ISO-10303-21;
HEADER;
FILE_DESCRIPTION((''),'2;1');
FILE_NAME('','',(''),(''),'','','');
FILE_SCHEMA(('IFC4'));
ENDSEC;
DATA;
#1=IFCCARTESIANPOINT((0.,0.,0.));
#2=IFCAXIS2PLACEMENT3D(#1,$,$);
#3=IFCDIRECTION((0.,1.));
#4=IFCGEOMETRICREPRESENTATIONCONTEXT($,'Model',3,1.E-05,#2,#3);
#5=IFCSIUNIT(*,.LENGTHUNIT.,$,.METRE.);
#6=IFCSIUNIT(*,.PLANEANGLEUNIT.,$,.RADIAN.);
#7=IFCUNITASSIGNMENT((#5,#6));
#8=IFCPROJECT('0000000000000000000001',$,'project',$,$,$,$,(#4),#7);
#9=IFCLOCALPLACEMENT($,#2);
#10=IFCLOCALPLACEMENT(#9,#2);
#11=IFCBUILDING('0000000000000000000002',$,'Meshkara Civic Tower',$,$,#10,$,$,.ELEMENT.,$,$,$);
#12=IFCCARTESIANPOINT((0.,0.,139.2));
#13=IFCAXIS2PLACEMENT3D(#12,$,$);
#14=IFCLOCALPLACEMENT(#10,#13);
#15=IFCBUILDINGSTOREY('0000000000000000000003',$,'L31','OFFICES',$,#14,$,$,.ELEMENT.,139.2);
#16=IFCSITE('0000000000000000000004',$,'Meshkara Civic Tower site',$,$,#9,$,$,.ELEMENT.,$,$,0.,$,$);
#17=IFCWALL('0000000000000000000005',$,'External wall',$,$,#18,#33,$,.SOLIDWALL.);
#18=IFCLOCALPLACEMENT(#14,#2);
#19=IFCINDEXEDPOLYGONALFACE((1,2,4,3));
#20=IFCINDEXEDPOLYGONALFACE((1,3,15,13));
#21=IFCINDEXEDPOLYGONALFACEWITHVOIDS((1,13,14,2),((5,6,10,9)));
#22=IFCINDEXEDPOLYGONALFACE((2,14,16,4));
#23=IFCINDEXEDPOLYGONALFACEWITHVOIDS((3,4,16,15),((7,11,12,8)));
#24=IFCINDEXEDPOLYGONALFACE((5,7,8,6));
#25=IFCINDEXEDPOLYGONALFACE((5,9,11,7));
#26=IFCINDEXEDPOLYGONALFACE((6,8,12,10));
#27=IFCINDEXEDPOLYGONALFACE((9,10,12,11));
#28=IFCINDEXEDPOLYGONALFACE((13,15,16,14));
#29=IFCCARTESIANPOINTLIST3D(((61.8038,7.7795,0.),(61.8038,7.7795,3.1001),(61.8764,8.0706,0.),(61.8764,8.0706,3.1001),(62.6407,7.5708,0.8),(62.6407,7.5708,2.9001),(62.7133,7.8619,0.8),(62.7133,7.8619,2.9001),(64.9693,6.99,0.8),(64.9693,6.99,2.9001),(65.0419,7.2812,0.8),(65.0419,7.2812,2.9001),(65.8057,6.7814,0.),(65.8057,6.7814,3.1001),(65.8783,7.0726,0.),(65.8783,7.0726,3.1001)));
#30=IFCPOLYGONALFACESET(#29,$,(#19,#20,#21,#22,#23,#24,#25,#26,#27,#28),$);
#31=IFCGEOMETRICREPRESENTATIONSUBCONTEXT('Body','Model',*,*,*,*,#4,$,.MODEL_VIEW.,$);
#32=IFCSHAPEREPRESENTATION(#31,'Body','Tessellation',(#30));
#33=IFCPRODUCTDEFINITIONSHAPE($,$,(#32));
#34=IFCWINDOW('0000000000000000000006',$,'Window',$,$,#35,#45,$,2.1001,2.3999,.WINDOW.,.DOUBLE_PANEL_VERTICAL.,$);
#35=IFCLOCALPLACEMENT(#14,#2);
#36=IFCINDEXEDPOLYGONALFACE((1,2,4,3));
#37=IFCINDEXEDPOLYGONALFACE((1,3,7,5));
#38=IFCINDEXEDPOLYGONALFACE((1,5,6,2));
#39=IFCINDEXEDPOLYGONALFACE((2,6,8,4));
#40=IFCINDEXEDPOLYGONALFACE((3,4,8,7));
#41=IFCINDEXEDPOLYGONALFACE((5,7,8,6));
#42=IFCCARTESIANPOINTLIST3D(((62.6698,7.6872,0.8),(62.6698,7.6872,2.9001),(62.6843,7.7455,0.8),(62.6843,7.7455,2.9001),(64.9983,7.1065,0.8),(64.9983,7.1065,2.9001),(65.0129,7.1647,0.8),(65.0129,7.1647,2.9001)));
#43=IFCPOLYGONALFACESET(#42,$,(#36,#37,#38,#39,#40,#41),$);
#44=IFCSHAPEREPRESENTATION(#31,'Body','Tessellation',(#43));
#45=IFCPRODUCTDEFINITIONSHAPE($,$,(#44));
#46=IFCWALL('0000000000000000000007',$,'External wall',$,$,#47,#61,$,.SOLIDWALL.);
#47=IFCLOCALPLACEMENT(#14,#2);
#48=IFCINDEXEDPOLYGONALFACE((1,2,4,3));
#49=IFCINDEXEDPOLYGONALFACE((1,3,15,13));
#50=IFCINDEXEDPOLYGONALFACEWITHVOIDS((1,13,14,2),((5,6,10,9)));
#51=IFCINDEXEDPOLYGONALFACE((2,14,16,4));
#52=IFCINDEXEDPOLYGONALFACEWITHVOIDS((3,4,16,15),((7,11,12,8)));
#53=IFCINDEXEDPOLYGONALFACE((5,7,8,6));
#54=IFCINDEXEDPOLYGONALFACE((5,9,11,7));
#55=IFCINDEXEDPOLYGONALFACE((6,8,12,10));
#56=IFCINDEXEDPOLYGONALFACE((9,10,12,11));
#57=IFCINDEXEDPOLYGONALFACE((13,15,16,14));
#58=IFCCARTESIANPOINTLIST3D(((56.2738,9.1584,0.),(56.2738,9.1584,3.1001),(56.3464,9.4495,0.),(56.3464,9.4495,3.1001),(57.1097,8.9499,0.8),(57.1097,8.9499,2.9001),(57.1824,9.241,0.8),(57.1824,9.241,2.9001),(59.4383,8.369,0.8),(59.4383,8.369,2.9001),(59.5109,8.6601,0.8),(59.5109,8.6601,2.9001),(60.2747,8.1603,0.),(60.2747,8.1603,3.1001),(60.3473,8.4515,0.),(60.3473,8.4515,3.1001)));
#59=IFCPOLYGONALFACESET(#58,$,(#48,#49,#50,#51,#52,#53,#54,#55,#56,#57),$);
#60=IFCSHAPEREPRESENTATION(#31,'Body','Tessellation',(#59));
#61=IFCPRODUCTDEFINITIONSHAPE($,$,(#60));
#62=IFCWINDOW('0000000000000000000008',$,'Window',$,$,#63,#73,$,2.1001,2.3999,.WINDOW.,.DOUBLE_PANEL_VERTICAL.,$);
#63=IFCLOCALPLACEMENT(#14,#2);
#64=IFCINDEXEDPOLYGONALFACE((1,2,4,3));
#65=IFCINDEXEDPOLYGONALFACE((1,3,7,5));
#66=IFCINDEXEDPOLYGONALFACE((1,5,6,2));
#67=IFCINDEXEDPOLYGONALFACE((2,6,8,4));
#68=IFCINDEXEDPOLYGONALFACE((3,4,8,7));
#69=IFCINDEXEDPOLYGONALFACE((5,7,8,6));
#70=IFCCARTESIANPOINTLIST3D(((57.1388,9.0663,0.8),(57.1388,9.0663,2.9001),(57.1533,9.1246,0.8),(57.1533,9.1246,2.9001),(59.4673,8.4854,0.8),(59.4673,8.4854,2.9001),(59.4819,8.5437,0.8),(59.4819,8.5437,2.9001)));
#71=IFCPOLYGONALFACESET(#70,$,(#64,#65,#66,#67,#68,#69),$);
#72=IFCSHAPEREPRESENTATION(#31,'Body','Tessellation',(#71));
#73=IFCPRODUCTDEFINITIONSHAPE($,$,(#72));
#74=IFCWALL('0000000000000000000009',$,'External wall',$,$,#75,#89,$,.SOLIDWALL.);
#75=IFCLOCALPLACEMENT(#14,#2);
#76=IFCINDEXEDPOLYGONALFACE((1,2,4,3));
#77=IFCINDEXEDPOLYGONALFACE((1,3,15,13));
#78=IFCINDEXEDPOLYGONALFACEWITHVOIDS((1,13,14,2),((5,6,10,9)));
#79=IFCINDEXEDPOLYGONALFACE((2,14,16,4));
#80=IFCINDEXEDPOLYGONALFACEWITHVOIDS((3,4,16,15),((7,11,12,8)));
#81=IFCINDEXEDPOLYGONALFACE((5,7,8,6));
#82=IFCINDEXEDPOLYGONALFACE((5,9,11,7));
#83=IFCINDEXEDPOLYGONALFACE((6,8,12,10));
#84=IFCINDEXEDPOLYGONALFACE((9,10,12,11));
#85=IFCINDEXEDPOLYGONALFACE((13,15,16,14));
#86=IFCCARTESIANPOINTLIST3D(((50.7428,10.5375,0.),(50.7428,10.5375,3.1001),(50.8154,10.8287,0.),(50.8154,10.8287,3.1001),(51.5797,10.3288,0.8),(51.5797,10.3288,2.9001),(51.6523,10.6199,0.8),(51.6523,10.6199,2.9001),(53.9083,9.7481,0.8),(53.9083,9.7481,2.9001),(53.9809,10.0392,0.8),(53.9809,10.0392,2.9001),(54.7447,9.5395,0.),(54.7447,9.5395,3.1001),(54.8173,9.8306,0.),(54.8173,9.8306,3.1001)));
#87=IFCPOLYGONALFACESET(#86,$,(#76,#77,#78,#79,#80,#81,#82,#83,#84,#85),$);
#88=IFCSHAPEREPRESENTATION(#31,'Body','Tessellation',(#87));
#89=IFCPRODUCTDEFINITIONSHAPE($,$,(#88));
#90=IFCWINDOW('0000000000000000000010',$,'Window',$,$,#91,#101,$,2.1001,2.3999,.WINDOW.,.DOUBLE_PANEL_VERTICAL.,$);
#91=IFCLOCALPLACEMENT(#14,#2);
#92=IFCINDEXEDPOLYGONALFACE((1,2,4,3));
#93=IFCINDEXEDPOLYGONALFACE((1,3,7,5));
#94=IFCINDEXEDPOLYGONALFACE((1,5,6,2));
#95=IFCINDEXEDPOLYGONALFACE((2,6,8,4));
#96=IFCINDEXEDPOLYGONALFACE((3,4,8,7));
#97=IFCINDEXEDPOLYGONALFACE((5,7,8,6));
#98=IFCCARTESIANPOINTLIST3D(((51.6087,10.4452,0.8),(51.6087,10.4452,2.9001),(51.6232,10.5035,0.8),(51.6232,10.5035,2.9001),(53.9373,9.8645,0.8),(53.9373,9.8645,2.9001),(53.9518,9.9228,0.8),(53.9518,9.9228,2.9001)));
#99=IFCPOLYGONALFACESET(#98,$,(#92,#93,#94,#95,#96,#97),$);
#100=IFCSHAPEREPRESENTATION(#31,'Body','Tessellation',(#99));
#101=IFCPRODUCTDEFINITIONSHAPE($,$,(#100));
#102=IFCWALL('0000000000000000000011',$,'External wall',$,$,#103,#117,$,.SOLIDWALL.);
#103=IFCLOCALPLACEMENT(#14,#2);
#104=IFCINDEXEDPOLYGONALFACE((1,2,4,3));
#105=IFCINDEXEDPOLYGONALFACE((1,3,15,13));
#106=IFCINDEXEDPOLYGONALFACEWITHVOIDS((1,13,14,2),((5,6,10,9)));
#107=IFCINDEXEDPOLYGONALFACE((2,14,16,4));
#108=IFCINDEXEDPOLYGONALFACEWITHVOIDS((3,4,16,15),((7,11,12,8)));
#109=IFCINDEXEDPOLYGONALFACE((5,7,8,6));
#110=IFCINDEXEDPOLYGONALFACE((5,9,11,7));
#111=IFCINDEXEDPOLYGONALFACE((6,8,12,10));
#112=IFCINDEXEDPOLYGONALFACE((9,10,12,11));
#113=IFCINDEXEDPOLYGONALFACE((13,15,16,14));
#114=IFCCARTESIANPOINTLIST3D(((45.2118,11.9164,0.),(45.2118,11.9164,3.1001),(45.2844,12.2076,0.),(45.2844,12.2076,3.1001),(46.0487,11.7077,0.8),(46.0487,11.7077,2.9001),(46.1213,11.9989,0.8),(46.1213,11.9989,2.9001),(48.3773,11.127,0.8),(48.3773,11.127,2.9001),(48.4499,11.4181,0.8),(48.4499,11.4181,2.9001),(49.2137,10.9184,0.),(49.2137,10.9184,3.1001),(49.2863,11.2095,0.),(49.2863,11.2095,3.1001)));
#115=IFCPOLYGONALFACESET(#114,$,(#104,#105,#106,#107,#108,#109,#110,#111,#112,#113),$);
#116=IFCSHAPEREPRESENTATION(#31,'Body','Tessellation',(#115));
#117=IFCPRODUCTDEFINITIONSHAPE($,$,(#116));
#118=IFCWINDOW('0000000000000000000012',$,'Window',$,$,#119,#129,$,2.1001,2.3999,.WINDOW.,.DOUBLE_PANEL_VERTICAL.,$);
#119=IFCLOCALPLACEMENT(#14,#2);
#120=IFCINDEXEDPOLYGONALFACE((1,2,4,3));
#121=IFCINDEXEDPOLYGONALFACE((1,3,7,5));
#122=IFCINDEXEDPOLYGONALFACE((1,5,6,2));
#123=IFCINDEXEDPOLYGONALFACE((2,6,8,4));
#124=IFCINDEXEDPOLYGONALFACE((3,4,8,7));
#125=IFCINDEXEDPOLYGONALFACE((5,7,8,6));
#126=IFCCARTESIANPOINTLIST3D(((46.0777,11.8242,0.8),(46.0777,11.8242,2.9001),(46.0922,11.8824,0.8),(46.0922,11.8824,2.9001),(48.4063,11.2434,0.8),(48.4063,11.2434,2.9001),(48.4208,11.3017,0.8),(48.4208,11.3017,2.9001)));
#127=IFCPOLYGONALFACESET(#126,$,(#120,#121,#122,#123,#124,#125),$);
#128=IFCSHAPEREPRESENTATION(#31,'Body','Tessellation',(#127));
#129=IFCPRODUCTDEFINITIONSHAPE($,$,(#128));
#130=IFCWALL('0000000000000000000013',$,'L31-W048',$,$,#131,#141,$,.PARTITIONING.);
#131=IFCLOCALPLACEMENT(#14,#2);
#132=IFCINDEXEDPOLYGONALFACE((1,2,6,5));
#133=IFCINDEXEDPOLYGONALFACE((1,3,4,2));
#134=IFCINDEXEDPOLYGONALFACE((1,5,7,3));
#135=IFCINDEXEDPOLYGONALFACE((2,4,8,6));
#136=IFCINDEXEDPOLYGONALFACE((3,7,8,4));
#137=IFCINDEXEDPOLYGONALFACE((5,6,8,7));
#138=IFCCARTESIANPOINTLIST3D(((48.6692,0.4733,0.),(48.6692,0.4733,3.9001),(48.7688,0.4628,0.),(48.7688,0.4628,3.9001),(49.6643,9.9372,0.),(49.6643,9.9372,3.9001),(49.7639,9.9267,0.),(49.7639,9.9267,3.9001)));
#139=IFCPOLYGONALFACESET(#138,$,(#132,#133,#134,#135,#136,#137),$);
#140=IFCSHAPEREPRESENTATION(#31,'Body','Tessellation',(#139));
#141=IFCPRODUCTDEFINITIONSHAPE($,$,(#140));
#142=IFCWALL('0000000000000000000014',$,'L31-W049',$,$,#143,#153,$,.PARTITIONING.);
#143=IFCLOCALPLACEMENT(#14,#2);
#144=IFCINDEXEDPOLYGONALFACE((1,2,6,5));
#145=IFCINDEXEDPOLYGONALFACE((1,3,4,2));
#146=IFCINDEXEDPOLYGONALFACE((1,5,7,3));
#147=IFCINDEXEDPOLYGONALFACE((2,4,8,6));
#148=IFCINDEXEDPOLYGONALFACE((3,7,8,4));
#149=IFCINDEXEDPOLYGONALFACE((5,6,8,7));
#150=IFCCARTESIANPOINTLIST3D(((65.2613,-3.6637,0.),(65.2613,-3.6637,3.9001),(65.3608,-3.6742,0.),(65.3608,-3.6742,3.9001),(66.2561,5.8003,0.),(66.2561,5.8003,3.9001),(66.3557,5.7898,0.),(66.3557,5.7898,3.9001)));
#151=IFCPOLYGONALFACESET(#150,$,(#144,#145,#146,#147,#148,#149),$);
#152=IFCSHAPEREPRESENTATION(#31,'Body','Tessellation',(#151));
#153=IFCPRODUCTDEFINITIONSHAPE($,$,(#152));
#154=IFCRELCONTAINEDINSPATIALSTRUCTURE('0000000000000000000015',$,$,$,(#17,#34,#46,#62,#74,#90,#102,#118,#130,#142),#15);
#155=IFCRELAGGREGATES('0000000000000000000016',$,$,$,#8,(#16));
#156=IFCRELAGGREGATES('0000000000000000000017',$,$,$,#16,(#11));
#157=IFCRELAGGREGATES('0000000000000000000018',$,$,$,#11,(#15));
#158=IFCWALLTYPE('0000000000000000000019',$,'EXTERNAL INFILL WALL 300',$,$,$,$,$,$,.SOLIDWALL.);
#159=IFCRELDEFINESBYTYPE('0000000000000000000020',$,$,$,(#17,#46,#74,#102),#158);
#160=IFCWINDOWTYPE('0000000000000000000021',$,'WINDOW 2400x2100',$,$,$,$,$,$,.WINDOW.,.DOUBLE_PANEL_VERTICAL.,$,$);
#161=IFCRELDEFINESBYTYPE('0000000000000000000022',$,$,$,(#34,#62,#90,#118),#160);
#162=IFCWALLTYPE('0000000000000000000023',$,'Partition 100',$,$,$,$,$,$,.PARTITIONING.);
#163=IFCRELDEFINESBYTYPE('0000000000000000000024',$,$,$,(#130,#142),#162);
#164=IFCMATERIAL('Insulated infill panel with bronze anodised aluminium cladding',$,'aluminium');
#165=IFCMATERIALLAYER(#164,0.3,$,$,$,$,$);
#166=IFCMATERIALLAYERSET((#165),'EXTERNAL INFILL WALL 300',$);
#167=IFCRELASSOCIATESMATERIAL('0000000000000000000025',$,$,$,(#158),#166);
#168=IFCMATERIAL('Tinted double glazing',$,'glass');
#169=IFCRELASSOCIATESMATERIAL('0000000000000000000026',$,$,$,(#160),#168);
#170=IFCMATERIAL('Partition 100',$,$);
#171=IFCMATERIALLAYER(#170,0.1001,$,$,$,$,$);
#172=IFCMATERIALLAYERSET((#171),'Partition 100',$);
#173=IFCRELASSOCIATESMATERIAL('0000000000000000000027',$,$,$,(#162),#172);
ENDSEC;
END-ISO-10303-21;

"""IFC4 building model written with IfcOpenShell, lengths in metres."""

from ifc_helpers import new_model, si_unit, direction, frame, frame_2d, origin, place, context, subcontext, project, spatial, rectangle, extrude, material, layer, layer_set, type_object, element, fill, save


model = new_model("IFC4")

# Units and contexts
model_context = context("Model", 3, precision=1e-05, world=origin(), true_north=direction((0.0, 1.0)))
body_context = subcontext(model_context, "Body", "Model", "MODEL_VIEW")
ifc_project = project(units=[si_unit("LENGTHUNIT", "METRE"), si_unit("PLANEANGLEUNIT", "RADIAN")], contexts=[model_context])

# Site, building, storey
site_placement = place(None, origin())
site = spatial("IfcSite", under=ifc_project, at=site_placement, Name="Meshkara Civic Tower site", CompositionType="ELEMENT", RefElevation=0.0)
building_placement = place(site_placement, origin())
building = spatial("IfcBuilding", under=site, at=building_placement, Name="Meshkara Civic Tower", CompositionType="ELEMENT")
storey_placement = place(building_placement, frame((0.0, 0.0, 139.2)))
storey = spatial("IfcBuildingStorey", under=building, at=storey_placement, Name="L31", Description="OFFICES", CompositionType="ELEMENT", Elevation=139.2)

# Walls, openings, windows
ifc_material_1 = material(Name="Insulated infill panel with bronze anodised aluminium cladding", Category="aluminium")
ifc_layer_1 = layer(ifc_material_1, 0.3)
ifc_layer_set_1 = layer_set([ifc_layer_1], Name="EXTERNAL INFILL WALL 300")
wall_type_1 = type_object("IfcWallType", Name="EXTERNAL INFILL WALL 300", PredefinedType="SOLIDWALL", material=ifc_layer_set_1)
wall_1_placement = place(storey_placement, frame((65.842, 6.927, 0.0), z_axis=(0.0, 0.0, 1.0), x_axis=(-0.970282, 0.241978, 0.0)))
wall_1 = element("IfcWall", 1, at=wall_1_placement, inside=storey, type_object=wall_type_1, Name="External wall", PredefinedType="SOLIDWALL", context=body_context, shape_type="SweptSolid", body=[
    extrude(rectangle(XDim=4.1245, YDim=0.3, at=frame_2d((2.0623, 0.0))), origin(), (0.0, 0.0, 1.0), 3.1001),
])
opening_1_placement = place(wall_1_placement, frame((0.8621, 0.0, 0.8)))
opening_1 = element("IfcOpeningElement", 2, at=opening_1_placement, cuts=wall_1, PredefinedType="OPENING", context=body_context, shape_type="SweptSolid", body=[
    extrude(rectangle(XDim=2.3999, YDim=2.1001, at=frame_2d((1.2, 1.05))), frame((0.0, 0.1599, 0.0), z_axis=(0.0, -1.0, 0.0), x_axis=(1.0, 0.0, 0.0)), (0.0, 0.0, 1.0), 0.3201),
])
ifc_material_2 = material(Name="Tinted double glazing", Category="glass")
window_type = type_object("IfcWindowType", Name="WINDOW 2400x2100", PartitioningType="DOUBLE_PANEL_VERTICAL", PredefinedType="WINDOW", material=ifc_material_2)
window_1_placement = place(opening_1_placement, origin())
window_1 = element("IfcWindow", 3, at=window_1_placement, inside=storey, type_object=window_type, Name="Window", OverallHeight=2.1001, OverallWidth=2.3999, PartitioningType="DOUBLE_PANEL_VERTICAL", PredefinedType="WINDOW", context=body_context, shape_type="SweptSolid", body=[
    extrude(rectangle(XDim=2.3999, YDim=2.1001, at=frame_2d((1.2, 1.05))), frame((0.0, 0.03, 0.0), z_axis=(0.0, -1.0, 0.0), x_axis=(1.0, 0.0, 0.0)), (0.0, 0.0, 1.0), 0.0601),
])
fill(opening_1, window_1)
wall_2_placement = place(storey_placement, frame((60.311, 8.3059, 0.0), z_axis=(0.0, 0.0, 1.0), x_axis=(-0.970268, 0.242034, 0.0)))
wall_2 = element("IfcWall", 4, at=wall_2_placement, inside=storey, type_object=wall_type_1, Name="External wall", PredefinedType="SOLIDWALL", context=body_context, shape_type="SweptSolid", body=[
    extrude(rectangle(XDim=4.1235, YDim=0.3, at=frame_2d((2.0618, 0.0))), origin(), (0.0, 0.0, 1.0), 3.1001),
])
opening_2_placement = place(wall_2_placement, frame((0.8621, 0.0, 0.8)))
opening_2 = element("IfcOpeningElement", 5, at=opening_2_placement, cuts=wall_2, PredefinedType="OPENING", context=body_context, shape_type="SweptSolid", body=[
    extrude(rectangle(XDim=2.3999, YDim=2.1001, at=frame_2d((1.2, 1.05))), frame((0.0, 0.1599, 0.0), z_axis=(0.0, -1.0, 0.0), x_axis=(1.0, 0.0, 0.0)), (0.0, 0.0, 1.0), 0.3201),
])
window_2_placement = place(opening_2_placement, origin())
window_2 = element("IfcWindow", 6, at=window_2_placement, inside=storey, type_object=window_type, Name="Window", OverallHeight=2.1001, OverallWidth=2.3999, PartitioningType="DOUBLE_PANEL_VERTICAL", PredefinedType="WINDOW", context=body_context, shape_type="SweptSolid", body=[
    extrude(rectangle(XDim=2.3999, YDim=2.1001, at=frame_2d((1.2, 1.05))), frame((0.0, 0.03, 0.0), z_axis=(0.0, -1.0, 0.0), x_axis=(1.0, 0.0, 0.0)), (0.0, 0.0, 1.0), 0.0601),
])
fill(opening_2, window_2)
wall_3_placement = place(storey_placement, frame((54.781, 9.6851, 0.0), z_axis=(0.0, 0.0, 1.0), x_axis=(-0.970282, 0.241978, 0.0)))
wall_3 = element("IfcWall", 7, at=wall_3_placement, inside=storey, type_object=wall_type_1, Name="External wall", PredefinedType="SOLIDWALL", context=body_context, shape_type="SweptSolid", body=[
    extrude(rectangle(XDim=4.1245, YDim=0.3, at=frame_2d((2.0623, 0.0))), origin(), (0.0, 0.0, 1.0), 3.1001),
])
opening_3_placement = place(wall_3_placement, frame((0.8621, 0.0, 0.8)))
opening_3 = element("IfcOpeningElement", 8, at=opening_3_placement, cuts=wall_3, PredefinedType="OPENING", context=body_context, shape_type="SweptSolid", body=[
    extrude(rectangle(XDim=2.3999, YDim=2.1001, at=frame_2d((1.2, 1.05))), frame((0.0, 0.1599, 0.0), z_axis=(0.0, -1.0, 0.0), x_axis=(1.0, 0.0, 0.0)), (0.0, 0.0, 1.0), 0.3201),
])
window_3_placement = place(opening_3_placement, origin())
window_3 = element("IfcWindow", 9, at=window_3_placement, inside=storey, type_object=window_type, Name="Window", OverallHeight=2.1001, OverallWidth=2.3999, PartitioningType="DOUBLE_PANEL_VERTICAL", PredefinedType="WINDOW", context=body_context, shape_type="SweptSolid", body=[
    extrude(rectangle(XDim=2.3999, YDim=2.1001, at=frame_2d((1.2, 1.05))), frame((0.0, 0.03, 0.0), z_axis=(0.0, -1.0, 0.0), x_axis=(1.0, 0.0, 0.0)), (0.0, 0.0, 1.0), 0.0601),
])
fill(opening_3, window_3)
wall_4_placement = place(storey_placement, frame((49.25, 11.064, 0.0), z_axis=(0.0, 0.0, 1.0), x_axis=(-0.970282, 0.241978, 0.0)))
wall_4 = element("IfcWall", 10, at=wall_4_placement, inside=storey, type_object=wall_type_1, Name="External wall", PredefinedType="SOLIDWALL", context=body_context, shape_type="SweptSolid", body=[
    extrude(rectangle(XDim=4.1245, YDim=0.3, at=frame_2d((2.0623, 0.0))), origin(), (0.0, 0.0, 1.0), 3.1001),
])
opening_4_placement = place(wall_4_placement, frame((0.8621, 0.0, 0.8)))
opening_4 = element("IfcOpeningElement", 11, at=opening_4_placement, cuts=wall_4, PredefinedType="OPENING", context=body_context, shape_type="SweptSolid", body=[
    extrude(rectangle(XDim=2.3999, YDim=2.1001, at=frame_2d((1.2, 1.05))), frame((0.0, 0.1599, 0.0), z_axis=(0.0, -1.0, 0.0), x_axis=(1.0, 0.0, 0.0)), (0.0, 0.0, 1.0), 0.3201),
])
window_4_placement = place(opening_4_placement, origin())
window_4 = element("IfcWindow", 12, at=window_4_placement, inside=storey, type_object=window_type, Name="Window", OverallHeight=2.1001, OverallWidth=2.3999, PartitioningType="DOUBLE_PANEL_VERTICAL", PredefinedType="WINDOW", context=body_context, shape_type="SweptSolid", body=[
    extrude(rectangle(XDim=2.3999, YDim=2.1001, at=frame_2d((1.2, 1.05))), frame((0.0, 0.03, 0.0), z_axis=(0.0, -1.0, 0.0), x_axis=(1.0, 0.0, 0.0)), (0.0, 0.0, 1.0), 0.0601),
])
fill(opening_4, window_4)

# Walls
ifc_material_3 = material(Name="Partition 100")
ifc_layer_2 = layer(ifc_material_3, 0.1001)
ifc_layer_set_2 = layer_set([ifc_layer_2], Name="Partition 100")
wall_type_2 = type_object("IfcWallType", Name="Partition 100", PredefinedType="PARTITIONING", material=ifc_layer_set_2)
for number, where, z_axis, x_axis, name in (
    (13, (48.719, 0.468, 0.0), (0.0, 0.0, 1.0), (0.104573, 0.994517, 0.0), "L31-W048"),
    (14, (65.311, -3.6689, 0.0), (0.0, 0.0, 1.0), (0.104547, 0.99452, 0.0), "L31-W049"),
):
    element("IfcWall", number, at=place(storey_placement, frame(where, z_axis=z_axis, x_axis=x_axis)), inside=storey, type_object=wall_type_2, Name=name, PredefinedType="PARTITIONING", context=body_context, shape_type="SweptSolid", body=[
        extrude(rectangle(XDim=9.5161, YDim=0.1001, at=frame_2d((4.7581, 0.0))), origin(), (0.0, 0.0, 1.0), 3.9001),
    ])

save(model, "model.ifc")
